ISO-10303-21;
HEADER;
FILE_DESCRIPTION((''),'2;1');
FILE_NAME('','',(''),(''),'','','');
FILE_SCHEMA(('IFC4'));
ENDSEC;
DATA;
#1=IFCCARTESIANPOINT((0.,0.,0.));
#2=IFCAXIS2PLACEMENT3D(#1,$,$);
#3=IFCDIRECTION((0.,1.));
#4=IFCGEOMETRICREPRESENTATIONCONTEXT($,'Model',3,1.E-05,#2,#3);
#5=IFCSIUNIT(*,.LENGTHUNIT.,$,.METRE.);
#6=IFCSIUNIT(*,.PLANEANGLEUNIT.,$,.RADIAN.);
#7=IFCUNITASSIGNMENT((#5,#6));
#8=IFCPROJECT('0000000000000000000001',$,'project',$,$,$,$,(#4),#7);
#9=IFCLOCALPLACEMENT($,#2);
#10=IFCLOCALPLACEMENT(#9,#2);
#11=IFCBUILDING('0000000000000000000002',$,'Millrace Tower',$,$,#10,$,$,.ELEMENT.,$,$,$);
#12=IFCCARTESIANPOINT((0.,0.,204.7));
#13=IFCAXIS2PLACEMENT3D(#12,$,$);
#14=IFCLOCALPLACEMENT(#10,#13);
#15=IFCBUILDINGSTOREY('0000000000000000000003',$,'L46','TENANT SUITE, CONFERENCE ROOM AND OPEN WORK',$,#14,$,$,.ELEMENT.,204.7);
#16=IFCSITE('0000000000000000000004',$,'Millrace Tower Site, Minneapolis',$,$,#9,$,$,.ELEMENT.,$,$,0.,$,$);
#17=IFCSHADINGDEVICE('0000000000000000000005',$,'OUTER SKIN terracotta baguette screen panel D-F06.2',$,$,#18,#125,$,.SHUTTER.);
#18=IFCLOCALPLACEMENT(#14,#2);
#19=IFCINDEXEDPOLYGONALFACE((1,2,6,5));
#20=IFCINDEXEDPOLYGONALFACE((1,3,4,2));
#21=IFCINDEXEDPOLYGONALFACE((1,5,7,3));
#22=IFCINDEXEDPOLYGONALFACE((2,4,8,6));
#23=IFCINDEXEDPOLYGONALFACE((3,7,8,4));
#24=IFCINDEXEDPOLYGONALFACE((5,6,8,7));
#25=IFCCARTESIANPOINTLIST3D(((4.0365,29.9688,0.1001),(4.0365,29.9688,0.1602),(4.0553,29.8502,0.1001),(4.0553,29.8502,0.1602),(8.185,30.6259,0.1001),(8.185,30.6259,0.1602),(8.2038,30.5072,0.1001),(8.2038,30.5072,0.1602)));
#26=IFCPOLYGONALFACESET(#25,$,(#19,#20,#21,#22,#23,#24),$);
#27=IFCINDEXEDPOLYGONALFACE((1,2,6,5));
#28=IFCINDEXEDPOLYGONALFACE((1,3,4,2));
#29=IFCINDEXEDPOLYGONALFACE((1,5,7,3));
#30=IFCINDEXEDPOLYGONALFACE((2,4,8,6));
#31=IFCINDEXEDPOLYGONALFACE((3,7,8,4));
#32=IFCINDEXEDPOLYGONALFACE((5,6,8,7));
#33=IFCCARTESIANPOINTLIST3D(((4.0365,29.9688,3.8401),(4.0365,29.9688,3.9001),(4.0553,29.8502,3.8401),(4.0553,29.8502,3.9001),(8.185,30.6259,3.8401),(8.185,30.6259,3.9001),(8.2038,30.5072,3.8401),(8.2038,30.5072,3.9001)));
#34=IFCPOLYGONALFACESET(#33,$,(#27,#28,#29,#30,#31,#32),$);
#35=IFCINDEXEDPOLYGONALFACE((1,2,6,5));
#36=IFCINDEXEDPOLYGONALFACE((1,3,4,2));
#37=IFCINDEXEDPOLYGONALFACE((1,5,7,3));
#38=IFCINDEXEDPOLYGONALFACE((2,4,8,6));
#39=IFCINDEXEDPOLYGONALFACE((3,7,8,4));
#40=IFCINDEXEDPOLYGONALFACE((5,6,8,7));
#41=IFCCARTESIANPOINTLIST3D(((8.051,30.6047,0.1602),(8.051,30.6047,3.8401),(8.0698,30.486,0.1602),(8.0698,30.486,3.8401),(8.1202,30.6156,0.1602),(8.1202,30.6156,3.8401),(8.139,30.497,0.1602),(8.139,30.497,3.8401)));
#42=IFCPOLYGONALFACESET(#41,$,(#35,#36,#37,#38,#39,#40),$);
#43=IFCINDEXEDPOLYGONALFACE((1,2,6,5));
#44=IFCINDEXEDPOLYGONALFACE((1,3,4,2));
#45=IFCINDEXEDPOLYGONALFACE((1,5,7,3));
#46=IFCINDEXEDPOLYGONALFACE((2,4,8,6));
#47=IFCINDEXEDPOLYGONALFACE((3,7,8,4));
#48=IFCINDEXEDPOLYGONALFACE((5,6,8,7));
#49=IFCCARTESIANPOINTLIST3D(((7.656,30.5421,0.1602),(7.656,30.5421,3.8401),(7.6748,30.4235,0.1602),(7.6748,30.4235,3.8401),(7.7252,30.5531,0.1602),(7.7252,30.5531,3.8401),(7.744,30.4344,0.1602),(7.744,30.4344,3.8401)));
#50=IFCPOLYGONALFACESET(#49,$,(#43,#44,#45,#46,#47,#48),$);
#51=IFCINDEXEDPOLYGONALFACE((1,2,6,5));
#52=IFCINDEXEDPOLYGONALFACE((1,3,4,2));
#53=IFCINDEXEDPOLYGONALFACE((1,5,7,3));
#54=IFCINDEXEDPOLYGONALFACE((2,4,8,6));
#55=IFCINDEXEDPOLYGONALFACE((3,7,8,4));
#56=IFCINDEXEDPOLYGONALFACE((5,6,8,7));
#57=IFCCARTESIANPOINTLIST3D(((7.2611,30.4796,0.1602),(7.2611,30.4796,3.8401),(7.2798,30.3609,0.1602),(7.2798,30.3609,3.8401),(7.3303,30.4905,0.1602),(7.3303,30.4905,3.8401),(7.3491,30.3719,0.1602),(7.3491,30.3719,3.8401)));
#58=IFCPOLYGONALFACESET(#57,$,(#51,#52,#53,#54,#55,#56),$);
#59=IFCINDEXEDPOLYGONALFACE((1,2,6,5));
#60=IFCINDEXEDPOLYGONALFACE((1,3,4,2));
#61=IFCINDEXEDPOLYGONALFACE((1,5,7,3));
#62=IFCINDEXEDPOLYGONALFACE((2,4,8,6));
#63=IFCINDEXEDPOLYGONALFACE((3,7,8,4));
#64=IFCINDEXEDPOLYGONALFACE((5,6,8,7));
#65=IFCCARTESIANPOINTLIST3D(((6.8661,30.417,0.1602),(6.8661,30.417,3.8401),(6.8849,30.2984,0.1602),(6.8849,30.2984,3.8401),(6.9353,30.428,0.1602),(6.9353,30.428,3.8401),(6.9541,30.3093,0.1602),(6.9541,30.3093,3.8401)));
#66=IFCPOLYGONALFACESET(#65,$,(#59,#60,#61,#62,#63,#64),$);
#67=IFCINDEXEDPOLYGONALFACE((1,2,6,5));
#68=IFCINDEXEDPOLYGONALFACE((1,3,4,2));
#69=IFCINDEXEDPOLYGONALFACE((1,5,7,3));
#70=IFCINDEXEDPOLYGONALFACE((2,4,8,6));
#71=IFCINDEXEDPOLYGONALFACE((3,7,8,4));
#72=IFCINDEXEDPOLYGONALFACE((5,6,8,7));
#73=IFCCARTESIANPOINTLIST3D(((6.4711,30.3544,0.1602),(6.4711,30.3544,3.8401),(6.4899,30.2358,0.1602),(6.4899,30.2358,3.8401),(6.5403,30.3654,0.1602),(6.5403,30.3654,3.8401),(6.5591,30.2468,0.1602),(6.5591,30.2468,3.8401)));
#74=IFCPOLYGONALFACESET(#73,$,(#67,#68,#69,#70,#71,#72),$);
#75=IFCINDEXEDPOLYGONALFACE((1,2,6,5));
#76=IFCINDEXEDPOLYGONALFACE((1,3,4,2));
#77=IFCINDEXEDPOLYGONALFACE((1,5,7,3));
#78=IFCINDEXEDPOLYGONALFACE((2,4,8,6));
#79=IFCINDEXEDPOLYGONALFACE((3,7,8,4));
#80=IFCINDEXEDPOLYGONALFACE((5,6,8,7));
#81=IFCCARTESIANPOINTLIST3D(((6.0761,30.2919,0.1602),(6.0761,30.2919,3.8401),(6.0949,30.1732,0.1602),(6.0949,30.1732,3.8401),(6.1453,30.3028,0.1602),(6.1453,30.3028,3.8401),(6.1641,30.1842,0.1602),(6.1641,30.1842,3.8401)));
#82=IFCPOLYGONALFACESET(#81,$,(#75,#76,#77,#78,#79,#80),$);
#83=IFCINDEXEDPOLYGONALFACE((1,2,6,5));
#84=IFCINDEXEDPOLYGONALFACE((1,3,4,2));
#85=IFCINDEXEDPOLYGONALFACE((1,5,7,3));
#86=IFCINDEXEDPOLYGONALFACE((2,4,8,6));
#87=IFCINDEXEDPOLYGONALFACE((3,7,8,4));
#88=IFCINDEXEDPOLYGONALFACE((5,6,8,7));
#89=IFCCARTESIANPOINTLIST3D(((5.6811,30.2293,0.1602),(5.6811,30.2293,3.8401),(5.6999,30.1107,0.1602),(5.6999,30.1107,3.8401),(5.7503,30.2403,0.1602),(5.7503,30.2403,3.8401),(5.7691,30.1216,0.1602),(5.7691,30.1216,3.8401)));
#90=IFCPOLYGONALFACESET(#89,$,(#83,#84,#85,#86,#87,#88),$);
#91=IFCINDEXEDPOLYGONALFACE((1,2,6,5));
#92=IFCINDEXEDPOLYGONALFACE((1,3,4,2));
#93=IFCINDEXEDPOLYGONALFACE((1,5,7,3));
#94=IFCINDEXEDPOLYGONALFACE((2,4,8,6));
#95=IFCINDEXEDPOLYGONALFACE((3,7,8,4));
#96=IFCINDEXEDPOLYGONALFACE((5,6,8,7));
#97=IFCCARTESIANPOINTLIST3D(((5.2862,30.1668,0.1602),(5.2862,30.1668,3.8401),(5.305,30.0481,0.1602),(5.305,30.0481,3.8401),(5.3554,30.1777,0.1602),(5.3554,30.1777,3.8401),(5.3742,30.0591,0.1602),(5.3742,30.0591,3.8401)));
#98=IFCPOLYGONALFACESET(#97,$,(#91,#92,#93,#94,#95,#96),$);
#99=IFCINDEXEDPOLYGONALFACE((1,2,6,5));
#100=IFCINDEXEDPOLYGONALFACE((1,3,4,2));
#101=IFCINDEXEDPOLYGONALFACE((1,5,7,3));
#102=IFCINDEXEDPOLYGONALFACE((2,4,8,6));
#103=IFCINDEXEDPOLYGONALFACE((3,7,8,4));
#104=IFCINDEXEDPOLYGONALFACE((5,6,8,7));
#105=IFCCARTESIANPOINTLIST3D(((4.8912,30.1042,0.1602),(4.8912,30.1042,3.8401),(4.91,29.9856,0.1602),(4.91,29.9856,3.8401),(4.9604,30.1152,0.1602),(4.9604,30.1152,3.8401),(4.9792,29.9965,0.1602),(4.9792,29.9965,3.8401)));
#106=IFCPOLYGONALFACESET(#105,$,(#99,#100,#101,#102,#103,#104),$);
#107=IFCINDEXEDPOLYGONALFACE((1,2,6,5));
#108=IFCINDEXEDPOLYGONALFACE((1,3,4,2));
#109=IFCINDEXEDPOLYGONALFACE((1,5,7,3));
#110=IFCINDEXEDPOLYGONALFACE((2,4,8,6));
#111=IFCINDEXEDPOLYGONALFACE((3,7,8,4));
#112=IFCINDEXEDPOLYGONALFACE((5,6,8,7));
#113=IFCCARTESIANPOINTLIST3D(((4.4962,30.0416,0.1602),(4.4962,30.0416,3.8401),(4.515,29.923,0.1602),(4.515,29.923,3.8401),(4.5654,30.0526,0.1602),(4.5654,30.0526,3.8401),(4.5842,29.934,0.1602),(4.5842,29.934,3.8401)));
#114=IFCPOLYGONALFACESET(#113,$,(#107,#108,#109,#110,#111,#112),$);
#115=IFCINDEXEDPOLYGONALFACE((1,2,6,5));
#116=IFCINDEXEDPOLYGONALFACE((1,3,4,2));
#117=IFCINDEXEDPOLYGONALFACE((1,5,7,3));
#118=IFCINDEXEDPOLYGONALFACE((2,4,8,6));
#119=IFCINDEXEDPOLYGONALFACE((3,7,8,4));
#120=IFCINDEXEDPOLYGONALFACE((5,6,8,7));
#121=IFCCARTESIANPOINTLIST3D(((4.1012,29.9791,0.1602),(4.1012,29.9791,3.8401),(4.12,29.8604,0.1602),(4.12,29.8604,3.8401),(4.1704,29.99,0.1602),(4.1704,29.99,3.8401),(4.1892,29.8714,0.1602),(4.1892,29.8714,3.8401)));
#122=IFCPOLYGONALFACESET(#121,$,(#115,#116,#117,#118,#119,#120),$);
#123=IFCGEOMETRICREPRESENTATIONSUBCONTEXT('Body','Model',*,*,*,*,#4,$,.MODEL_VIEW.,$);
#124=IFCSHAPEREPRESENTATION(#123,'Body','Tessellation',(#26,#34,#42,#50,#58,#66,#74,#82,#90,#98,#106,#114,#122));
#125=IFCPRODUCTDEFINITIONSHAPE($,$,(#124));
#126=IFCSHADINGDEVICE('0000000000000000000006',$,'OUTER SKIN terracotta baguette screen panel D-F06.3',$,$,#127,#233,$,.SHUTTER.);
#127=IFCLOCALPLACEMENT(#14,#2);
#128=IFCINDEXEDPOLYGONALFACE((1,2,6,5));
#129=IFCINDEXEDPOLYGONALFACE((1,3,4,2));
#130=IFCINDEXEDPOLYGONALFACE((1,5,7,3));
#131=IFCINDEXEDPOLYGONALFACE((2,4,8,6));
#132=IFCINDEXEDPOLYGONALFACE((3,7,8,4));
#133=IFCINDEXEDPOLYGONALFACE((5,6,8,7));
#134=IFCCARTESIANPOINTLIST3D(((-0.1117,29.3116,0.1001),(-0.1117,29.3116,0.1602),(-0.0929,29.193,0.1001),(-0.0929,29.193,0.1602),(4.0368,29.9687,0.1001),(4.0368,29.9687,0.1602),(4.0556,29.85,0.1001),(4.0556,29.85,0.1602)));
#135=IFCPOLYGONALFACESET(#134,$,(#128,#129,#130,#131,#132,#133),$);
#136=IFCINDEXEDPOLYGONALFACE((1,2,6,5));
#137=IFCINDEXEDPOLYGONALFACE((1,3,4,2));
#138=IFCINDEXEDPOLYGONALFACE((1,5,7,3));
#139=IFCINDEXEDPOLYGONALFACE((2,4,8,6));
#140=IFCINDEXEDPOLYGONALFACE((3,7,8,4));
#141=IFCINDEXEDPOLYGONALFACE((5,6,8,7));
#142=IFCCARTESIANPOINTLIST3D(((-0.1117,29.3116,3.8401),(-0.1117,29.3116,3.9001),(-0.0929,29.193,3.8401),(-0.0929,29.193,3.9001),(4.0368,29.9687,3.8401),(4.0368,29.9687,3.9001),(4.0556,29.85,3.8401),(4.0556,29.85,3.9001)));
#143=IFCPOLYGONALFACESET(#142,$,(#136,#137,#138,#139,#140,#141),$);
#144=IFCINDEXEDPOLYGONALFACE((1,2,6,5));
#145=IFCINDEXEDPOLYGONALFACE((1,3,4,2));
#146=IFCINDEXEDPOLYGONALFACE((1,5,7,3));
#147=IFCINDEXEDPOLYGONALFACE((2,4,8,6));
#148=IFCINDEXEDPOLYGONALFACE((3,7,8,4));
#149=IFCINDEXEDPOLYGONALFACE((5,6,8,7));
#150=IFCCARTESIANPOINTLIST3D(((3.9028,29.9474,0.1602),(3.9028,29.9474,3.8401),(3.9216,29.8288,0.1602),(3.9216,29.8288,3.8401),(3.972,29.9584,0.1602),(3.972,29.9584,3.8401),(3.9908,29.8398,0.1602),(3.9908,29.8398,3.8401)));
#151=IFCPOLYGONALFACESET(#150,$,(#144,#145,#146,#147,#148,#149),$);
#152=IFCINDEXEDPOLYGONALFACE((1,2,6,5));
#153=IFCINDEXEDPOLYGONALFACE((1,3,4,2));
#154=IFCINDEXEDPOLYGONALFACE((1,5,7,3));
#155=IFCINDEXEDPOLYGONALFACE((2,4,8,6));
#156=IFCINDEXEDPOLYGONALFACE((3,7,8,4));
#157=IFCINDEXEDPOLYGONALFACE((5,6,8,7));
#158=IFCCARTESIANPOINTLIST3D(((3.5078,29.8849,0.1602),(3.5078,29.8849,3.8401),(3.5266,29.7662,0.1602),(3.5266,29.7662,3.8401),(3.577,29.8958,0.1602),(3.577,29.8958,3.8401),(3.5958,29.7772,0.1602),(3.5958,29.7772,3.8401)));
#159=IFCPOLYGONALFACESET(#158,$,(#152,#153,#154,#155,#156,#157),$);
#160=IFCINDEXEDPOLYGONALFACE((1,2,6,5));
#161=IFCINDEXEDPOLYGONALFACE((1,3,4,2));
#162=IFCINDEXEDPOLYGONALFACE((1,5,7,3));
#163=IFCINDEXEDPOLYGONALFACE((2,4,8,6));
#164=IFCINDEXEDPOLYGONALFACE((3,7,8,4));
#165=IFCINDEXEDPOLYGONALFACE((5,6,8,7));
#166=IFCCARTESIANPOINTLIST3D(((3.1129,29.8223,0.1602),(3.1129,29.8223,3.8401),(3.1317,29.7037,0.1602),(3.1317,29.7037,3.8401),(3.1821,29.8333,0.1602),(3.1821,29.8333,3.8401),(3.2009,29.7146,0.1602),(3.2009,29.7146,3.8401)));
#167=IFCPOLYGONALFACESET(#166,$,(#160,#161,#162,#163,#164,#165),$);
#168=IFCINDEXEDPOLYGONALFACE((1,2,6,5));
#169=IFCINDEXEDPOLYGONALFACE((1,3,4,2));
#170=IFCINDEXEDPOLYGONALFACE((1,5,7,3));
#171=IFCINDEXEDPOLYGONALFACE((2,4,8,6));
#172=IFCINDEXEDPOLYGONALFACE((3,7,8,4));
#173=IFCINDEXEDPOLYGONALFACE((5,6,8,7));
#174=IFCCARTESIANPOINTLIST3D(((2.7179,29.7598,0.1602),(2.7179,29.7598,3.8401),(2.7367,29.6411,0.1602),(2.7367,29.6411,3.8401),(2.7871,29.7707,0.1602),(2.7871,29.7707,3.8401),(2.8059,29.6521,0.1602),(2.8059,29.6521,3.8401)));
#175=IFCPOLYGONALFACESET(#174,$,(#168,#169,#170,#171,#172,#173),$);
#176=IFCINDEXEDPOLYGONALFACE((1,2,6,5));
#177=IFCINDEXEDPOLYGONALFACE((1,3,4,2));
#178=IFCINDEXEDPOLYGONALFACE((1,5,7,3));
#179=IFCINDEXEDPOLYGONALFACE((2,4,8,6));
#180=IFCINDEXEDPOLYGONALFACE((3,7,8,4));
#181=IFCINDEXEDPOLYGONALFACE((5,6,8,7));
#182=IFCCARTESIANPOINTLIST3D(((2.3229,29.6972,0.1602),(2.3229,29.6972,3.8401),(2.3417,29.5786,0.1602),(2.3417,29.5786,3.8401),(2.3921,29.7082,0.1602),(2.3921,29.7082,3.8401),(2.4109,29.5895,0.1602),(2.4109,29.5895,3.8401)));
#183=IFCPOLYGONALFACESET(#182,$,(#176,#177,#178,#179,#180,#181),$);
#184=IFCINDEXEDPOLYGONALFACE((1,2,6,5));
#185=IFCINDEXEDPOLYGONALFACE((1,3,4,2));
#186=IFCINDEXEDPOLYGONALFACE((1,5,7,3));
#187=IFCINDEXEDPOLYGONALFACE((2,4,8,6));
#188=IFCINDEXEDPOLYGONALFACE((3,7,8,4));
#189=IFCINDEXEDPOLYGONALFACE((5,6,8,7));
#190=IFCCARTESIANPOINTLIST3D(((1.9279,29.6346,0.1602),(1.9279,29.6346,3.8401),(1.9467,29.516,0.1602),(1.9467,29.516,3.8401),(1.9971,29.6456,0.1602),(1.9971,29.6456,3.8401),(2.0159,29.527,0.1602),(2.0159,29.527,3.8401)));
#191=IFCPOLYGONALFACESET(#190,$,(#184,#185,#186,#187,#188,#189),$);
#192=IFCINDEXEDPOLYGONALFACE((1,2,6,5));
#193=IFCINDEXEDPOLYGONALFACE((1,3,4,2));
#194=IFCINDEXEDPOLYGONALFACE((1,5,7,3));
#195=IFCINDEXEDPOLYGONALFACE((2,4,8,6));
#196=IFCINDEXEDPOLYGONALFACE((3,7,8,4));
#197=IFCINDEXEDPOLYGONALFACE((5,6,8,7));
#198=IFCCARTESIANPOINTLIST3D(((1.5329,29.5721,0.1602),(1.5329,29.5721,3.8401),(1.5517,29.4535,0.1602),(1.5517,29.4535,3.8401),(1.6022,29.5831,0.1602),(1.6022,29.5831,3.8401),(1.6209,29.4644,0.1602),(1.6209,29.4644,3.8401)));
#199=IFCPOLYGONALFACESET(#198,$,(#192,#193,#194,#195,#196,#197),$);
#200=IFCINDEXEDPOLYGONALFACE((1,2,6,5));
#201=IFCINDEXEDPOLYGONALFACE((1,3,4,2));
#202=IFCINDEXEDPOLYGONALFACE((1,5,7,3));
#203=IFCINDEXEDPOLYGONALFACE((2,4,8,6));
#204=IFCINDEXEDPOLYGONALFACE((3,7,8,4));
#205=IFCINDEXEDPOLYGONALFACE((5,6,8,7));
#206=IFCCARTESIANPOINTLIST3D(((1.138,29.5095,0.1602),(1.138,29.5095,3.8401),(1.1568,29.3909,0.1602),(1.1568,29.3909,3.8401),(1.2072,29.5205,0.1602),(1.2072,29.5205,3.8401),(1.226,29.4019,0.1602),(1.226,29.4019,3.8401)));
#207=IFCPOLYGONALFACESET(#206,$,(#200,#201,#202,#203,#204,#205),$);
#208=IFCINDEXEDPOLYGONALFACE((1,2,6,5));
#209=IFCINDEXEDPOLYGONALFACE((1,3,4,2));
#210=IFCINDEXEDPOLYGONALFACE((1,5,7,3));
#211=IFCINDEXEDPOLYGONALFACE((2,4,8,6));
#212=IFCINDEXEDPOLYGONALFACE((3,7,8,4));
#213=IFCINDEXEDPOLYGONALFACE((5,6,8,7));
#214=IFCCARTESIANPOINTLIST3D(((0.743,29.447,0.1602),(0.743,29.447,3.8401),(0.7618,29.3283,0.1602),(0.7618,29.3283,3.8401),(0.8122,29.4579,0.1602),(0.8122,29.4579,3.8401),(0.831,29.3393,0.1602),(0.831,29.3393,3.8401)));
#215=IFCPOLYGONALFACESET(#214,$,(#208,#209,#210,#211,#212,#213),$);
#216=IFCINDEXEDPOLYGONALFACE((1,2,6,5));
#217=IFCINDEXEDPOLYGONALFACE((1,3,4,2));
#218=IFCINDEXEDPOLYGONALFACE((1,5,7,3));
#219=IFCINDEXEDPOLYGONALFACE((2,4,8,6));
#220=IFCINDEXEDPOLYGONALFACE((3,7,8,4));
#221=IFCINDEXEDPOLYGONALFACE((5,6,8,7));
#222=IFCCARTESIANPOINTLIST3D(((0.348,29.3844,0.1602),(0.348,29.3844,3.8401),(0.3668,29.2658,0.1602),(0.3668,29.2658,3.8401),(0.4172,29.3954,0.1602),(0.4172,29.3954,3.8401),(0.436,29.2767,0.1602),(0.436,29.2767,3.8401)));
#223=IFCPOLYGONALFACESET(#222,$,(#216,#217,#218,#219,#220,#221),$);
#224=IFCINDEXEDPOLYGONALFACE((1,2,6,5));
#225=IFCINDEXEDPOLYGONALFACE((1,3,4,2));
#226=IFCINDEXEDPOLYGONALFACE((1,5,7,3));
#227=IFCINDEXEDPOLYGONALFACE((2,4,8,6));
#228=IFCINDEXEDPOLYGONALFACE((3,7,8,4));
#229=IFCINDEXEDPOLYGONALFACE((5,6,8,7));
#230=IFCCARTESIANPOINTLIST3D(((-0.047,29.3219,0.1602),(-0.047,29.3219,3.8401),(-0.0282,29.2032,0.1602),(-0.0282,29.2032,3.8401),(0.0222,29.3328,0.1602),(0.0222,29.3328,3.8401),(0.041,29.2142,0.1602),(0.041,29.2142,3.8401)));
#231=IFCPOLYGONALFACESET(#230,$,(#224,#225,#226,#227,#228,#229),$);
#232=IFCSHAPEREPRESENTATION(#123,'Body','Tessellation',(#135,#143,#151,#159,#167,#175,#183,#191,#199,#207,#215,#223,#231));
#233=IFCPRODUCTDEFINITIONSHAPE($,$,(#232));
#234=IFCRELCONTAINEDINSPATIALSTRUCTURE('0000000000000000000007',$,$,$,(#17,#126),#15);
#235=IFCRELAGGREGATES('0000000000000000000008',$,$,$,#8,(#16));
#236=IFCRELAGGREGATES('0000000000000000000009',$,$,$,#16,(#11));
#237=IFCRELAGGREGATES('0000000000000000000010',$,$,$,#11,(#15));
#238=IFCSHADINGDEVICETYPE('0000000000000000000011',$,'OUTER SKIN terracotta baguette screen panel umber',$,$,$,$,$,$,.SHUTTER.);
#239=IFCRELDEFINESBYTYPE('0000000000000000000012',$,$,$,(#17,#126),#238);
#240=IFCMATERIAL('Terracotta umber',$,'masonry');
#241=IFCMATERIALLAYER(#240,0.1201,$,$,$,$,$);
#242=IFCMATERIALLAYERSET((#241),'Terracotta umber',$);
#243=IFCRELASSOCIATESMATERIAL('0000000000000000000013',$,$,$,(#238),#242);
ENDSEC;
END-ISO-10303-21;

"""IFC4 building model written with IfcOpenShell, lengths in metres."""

from ifc_helpers import new_model, entity, si_unit, direction, frame, frame_2d, origin, origin_2d, place, context, subcontext, project, spatial, rectangle, extrude, source, transform, mapped, material, layer, layer_set, type_object, element, save


model = new_model("IFC4")

# Units and contexts
model_context = context("Model", 3, precision=1e-05, world=origin(), true_north=direction((0.0, 1.0)))
body_context = subcontext(model_context, "Body", "Model", "MODEL_VIEW")
ifc_project = project(units=[si_unit("LENGTHUNIT", "METRE"), si_unit("PLANEANGLEUNIT", "RADIAN")], contexts=[model_context])

# Site, building, storey
site_placement = place(None, origin())
site = spatial("IfcSite", under=ifc_project, at=site_placement, Name="Millrace Tower Site, Minneapolis", CompositionType="ELEMENT", RefElevation=0.0)
building_placement = place(site_placement, origin())
building = spatial("IfcBuilding", under=site, at=building_placement, Name="Millrace Tower", CompositionType="ELEMENT")
storey_placement = place(building_placement, frame((0.0, 0.0, 204.7)))
storey = spatial("IfcBuildingStorey", under=building, at=storey_placement, Name="L46", Description="TENANT SUITE, CONFERENCE ROOM AND OPEN WORK", CompositionType="ELEMENT", Elevation=204.7)

# Shading devices
ifc_material_1 = material(Name="Terracotta umber", Category="masonry")
ifc_layer_1 = layer(ifc_material_1, 0.1201)
ifc_layer_set_1 = layer_set([ifc_layer_1], Name="Terracotta umber")
shading_device_type = type_object("IfcShadingDeviceType", Name="OUTER SKIN terracotta baguette screen panel umber", PredefinedType="SHUTTER", material=ifc_layer_set_1)
cartesian_point_1 = entity("IfcCartesianPoint", [-2.1001, 0.0601])
shared_polyline_1 = entity("IfcPolyline", [cartesian_point_1, entity("IfcCartesianPoint", [2.1001, 0.0601]), entity("IfcCartesianPoint", [2.1001, -0.0601]), entity("IfcCartesianPoint", [-2.1001, -0.0601]), cartesian_point_1])
shared_shape_1 = source(origin(), body_context, "Body", "SweptSolid", [
    entity("IfcExtrudedAreaSolid", entity("IfcArbitraryClosedProfileDef", "AREA", None, shared_polyline_1), entity("IfcAxis2Placement3D", entity("IfcCartesianPoint", [0.0, 0.0, 0.0])), entity("IfcDirection", [0.0, 0.0, 1.0]), 0.0601),
    entity("IfcExtrudedAreaSolid", entity("IfcArbitraryClosedProfileDef", "AREA", None, shared_polyline_1), entity("IfcAxis2Placement3D", entity("IfcCartesianPoint", [0.0, 0.0, 3.74])), entity("IfcDirection", [0.0, 0.0, 1.0]), 0.0601),
    extrude(rectangle(XDim=0.0701, YDim=0.1201, at=frame_2d((-1.9995, 0.0))), frame((0.0, 0.0, 0.0601)), (0.0, 0.0, 1.0), 3.6799),
    extrude(rectangle(XDim=0.0701, YDim=0.1201, at=frame_2d((-1.5996, 0.0))), frame((0.0, 0.0, 0.0601)), (0.0, 0.0, 1.0), 3.6799),
    extrude(rectangle(XDim=0.0701, YDim=0.1201, at=frame_2d((-1.1997, 0.0))), frame((0.0, 0.0, 0.0601)), (0.0, 0.0, 1.0), 3.6799),
    extrude(rectangle(XDim=0.0701, YDim=0.1201, at=frame_2d((-0.7998, 0.0))), frame((0.0, 0.0, 0.0601)), (0.0, 0.0, 1.0), 3.6799),
    extrude(rectangle(XDim=0.0701, YDim=0.1201, at=frame_2d((-0.3999, 0.0))), frame((0.0, 0.0, 0.0601)), (0.0, 0.0, 1.0), 3.6799),
    extrude(rectangle(XDim=0.0701, YDim=0.1201, at=origin_2d()), frame((0.0, 0.0, 0.0601)), (0.0, 0.0, 1.0), 3.6799),
    extrude(rectangle(XDim=0.0701, YDim=0.1201, at=frame_2d((0.3999, 0.0))), frame((0.0, 0.0, 0.0601)), (0.0, 0.0, 1.0), 3.6799),
    extrude(rectangle(XDim=0.0701, YDim=0.1201, at=frame_2d((0.7998, 0.0))), frame((0.0, 0.0, 0.0601)), (0.0, 0.0, 1.0), 3.6799),
    extrude(rectangle(XDim=0.0701, YDim=0.1201, at=frame_2d((1.1997, 0.0))), frame((0.0, 0.0, 0.0601)), (0.0, 0.0, 1.0), 3.6799),
    extrude(rectangle(XDim=0.0701, YDim=0.1201, at=frame_2d((1.5996, 0.0))), frame((0.0, 0.0, 0.0601)), (0.0, 0.0, 1.0), 3.6799),
    extrude(rectangle(XDim=0.0701, YDim=0.1201, at=frame_2d((1.9995, 0.0))), frame((0.0, 0.0, 0.0601)), (0.0, 0.0, 1.0), 3.6799),
])
for number, where, z_axis, x_axis, name in (
    (1, (6.1201, 30.238, 0.1001), (0.0, 0.0, 1.0), (-0.987688, -0.156434, 0.0), "OUTER SKIN terracotta baguette screen panel D-F06.2"),
    (2, (1.9719, 29.5808, 0.1001), (0.0, 0.0, 1.0), (-0.987688, -0.156434, 0.0), "OUTER SKIN terracotta baguette screen panel D-F06.3"),
):
    element("IfcShadingDevice", number, at=place(storey_placement, frame(where, z_axis=z_axis, x_axis=x_axis)), inside=storey, type_object=shading_device_type, Name=name, PredefinedType="SHUTTER", context=body_context, shape_type="MappedRepresentation", body=[
        mapped(shared_shape_1, transform((0.0, 0.0, 0.0), scale=1.0)),
    ])

save(model, "model.ifc")
